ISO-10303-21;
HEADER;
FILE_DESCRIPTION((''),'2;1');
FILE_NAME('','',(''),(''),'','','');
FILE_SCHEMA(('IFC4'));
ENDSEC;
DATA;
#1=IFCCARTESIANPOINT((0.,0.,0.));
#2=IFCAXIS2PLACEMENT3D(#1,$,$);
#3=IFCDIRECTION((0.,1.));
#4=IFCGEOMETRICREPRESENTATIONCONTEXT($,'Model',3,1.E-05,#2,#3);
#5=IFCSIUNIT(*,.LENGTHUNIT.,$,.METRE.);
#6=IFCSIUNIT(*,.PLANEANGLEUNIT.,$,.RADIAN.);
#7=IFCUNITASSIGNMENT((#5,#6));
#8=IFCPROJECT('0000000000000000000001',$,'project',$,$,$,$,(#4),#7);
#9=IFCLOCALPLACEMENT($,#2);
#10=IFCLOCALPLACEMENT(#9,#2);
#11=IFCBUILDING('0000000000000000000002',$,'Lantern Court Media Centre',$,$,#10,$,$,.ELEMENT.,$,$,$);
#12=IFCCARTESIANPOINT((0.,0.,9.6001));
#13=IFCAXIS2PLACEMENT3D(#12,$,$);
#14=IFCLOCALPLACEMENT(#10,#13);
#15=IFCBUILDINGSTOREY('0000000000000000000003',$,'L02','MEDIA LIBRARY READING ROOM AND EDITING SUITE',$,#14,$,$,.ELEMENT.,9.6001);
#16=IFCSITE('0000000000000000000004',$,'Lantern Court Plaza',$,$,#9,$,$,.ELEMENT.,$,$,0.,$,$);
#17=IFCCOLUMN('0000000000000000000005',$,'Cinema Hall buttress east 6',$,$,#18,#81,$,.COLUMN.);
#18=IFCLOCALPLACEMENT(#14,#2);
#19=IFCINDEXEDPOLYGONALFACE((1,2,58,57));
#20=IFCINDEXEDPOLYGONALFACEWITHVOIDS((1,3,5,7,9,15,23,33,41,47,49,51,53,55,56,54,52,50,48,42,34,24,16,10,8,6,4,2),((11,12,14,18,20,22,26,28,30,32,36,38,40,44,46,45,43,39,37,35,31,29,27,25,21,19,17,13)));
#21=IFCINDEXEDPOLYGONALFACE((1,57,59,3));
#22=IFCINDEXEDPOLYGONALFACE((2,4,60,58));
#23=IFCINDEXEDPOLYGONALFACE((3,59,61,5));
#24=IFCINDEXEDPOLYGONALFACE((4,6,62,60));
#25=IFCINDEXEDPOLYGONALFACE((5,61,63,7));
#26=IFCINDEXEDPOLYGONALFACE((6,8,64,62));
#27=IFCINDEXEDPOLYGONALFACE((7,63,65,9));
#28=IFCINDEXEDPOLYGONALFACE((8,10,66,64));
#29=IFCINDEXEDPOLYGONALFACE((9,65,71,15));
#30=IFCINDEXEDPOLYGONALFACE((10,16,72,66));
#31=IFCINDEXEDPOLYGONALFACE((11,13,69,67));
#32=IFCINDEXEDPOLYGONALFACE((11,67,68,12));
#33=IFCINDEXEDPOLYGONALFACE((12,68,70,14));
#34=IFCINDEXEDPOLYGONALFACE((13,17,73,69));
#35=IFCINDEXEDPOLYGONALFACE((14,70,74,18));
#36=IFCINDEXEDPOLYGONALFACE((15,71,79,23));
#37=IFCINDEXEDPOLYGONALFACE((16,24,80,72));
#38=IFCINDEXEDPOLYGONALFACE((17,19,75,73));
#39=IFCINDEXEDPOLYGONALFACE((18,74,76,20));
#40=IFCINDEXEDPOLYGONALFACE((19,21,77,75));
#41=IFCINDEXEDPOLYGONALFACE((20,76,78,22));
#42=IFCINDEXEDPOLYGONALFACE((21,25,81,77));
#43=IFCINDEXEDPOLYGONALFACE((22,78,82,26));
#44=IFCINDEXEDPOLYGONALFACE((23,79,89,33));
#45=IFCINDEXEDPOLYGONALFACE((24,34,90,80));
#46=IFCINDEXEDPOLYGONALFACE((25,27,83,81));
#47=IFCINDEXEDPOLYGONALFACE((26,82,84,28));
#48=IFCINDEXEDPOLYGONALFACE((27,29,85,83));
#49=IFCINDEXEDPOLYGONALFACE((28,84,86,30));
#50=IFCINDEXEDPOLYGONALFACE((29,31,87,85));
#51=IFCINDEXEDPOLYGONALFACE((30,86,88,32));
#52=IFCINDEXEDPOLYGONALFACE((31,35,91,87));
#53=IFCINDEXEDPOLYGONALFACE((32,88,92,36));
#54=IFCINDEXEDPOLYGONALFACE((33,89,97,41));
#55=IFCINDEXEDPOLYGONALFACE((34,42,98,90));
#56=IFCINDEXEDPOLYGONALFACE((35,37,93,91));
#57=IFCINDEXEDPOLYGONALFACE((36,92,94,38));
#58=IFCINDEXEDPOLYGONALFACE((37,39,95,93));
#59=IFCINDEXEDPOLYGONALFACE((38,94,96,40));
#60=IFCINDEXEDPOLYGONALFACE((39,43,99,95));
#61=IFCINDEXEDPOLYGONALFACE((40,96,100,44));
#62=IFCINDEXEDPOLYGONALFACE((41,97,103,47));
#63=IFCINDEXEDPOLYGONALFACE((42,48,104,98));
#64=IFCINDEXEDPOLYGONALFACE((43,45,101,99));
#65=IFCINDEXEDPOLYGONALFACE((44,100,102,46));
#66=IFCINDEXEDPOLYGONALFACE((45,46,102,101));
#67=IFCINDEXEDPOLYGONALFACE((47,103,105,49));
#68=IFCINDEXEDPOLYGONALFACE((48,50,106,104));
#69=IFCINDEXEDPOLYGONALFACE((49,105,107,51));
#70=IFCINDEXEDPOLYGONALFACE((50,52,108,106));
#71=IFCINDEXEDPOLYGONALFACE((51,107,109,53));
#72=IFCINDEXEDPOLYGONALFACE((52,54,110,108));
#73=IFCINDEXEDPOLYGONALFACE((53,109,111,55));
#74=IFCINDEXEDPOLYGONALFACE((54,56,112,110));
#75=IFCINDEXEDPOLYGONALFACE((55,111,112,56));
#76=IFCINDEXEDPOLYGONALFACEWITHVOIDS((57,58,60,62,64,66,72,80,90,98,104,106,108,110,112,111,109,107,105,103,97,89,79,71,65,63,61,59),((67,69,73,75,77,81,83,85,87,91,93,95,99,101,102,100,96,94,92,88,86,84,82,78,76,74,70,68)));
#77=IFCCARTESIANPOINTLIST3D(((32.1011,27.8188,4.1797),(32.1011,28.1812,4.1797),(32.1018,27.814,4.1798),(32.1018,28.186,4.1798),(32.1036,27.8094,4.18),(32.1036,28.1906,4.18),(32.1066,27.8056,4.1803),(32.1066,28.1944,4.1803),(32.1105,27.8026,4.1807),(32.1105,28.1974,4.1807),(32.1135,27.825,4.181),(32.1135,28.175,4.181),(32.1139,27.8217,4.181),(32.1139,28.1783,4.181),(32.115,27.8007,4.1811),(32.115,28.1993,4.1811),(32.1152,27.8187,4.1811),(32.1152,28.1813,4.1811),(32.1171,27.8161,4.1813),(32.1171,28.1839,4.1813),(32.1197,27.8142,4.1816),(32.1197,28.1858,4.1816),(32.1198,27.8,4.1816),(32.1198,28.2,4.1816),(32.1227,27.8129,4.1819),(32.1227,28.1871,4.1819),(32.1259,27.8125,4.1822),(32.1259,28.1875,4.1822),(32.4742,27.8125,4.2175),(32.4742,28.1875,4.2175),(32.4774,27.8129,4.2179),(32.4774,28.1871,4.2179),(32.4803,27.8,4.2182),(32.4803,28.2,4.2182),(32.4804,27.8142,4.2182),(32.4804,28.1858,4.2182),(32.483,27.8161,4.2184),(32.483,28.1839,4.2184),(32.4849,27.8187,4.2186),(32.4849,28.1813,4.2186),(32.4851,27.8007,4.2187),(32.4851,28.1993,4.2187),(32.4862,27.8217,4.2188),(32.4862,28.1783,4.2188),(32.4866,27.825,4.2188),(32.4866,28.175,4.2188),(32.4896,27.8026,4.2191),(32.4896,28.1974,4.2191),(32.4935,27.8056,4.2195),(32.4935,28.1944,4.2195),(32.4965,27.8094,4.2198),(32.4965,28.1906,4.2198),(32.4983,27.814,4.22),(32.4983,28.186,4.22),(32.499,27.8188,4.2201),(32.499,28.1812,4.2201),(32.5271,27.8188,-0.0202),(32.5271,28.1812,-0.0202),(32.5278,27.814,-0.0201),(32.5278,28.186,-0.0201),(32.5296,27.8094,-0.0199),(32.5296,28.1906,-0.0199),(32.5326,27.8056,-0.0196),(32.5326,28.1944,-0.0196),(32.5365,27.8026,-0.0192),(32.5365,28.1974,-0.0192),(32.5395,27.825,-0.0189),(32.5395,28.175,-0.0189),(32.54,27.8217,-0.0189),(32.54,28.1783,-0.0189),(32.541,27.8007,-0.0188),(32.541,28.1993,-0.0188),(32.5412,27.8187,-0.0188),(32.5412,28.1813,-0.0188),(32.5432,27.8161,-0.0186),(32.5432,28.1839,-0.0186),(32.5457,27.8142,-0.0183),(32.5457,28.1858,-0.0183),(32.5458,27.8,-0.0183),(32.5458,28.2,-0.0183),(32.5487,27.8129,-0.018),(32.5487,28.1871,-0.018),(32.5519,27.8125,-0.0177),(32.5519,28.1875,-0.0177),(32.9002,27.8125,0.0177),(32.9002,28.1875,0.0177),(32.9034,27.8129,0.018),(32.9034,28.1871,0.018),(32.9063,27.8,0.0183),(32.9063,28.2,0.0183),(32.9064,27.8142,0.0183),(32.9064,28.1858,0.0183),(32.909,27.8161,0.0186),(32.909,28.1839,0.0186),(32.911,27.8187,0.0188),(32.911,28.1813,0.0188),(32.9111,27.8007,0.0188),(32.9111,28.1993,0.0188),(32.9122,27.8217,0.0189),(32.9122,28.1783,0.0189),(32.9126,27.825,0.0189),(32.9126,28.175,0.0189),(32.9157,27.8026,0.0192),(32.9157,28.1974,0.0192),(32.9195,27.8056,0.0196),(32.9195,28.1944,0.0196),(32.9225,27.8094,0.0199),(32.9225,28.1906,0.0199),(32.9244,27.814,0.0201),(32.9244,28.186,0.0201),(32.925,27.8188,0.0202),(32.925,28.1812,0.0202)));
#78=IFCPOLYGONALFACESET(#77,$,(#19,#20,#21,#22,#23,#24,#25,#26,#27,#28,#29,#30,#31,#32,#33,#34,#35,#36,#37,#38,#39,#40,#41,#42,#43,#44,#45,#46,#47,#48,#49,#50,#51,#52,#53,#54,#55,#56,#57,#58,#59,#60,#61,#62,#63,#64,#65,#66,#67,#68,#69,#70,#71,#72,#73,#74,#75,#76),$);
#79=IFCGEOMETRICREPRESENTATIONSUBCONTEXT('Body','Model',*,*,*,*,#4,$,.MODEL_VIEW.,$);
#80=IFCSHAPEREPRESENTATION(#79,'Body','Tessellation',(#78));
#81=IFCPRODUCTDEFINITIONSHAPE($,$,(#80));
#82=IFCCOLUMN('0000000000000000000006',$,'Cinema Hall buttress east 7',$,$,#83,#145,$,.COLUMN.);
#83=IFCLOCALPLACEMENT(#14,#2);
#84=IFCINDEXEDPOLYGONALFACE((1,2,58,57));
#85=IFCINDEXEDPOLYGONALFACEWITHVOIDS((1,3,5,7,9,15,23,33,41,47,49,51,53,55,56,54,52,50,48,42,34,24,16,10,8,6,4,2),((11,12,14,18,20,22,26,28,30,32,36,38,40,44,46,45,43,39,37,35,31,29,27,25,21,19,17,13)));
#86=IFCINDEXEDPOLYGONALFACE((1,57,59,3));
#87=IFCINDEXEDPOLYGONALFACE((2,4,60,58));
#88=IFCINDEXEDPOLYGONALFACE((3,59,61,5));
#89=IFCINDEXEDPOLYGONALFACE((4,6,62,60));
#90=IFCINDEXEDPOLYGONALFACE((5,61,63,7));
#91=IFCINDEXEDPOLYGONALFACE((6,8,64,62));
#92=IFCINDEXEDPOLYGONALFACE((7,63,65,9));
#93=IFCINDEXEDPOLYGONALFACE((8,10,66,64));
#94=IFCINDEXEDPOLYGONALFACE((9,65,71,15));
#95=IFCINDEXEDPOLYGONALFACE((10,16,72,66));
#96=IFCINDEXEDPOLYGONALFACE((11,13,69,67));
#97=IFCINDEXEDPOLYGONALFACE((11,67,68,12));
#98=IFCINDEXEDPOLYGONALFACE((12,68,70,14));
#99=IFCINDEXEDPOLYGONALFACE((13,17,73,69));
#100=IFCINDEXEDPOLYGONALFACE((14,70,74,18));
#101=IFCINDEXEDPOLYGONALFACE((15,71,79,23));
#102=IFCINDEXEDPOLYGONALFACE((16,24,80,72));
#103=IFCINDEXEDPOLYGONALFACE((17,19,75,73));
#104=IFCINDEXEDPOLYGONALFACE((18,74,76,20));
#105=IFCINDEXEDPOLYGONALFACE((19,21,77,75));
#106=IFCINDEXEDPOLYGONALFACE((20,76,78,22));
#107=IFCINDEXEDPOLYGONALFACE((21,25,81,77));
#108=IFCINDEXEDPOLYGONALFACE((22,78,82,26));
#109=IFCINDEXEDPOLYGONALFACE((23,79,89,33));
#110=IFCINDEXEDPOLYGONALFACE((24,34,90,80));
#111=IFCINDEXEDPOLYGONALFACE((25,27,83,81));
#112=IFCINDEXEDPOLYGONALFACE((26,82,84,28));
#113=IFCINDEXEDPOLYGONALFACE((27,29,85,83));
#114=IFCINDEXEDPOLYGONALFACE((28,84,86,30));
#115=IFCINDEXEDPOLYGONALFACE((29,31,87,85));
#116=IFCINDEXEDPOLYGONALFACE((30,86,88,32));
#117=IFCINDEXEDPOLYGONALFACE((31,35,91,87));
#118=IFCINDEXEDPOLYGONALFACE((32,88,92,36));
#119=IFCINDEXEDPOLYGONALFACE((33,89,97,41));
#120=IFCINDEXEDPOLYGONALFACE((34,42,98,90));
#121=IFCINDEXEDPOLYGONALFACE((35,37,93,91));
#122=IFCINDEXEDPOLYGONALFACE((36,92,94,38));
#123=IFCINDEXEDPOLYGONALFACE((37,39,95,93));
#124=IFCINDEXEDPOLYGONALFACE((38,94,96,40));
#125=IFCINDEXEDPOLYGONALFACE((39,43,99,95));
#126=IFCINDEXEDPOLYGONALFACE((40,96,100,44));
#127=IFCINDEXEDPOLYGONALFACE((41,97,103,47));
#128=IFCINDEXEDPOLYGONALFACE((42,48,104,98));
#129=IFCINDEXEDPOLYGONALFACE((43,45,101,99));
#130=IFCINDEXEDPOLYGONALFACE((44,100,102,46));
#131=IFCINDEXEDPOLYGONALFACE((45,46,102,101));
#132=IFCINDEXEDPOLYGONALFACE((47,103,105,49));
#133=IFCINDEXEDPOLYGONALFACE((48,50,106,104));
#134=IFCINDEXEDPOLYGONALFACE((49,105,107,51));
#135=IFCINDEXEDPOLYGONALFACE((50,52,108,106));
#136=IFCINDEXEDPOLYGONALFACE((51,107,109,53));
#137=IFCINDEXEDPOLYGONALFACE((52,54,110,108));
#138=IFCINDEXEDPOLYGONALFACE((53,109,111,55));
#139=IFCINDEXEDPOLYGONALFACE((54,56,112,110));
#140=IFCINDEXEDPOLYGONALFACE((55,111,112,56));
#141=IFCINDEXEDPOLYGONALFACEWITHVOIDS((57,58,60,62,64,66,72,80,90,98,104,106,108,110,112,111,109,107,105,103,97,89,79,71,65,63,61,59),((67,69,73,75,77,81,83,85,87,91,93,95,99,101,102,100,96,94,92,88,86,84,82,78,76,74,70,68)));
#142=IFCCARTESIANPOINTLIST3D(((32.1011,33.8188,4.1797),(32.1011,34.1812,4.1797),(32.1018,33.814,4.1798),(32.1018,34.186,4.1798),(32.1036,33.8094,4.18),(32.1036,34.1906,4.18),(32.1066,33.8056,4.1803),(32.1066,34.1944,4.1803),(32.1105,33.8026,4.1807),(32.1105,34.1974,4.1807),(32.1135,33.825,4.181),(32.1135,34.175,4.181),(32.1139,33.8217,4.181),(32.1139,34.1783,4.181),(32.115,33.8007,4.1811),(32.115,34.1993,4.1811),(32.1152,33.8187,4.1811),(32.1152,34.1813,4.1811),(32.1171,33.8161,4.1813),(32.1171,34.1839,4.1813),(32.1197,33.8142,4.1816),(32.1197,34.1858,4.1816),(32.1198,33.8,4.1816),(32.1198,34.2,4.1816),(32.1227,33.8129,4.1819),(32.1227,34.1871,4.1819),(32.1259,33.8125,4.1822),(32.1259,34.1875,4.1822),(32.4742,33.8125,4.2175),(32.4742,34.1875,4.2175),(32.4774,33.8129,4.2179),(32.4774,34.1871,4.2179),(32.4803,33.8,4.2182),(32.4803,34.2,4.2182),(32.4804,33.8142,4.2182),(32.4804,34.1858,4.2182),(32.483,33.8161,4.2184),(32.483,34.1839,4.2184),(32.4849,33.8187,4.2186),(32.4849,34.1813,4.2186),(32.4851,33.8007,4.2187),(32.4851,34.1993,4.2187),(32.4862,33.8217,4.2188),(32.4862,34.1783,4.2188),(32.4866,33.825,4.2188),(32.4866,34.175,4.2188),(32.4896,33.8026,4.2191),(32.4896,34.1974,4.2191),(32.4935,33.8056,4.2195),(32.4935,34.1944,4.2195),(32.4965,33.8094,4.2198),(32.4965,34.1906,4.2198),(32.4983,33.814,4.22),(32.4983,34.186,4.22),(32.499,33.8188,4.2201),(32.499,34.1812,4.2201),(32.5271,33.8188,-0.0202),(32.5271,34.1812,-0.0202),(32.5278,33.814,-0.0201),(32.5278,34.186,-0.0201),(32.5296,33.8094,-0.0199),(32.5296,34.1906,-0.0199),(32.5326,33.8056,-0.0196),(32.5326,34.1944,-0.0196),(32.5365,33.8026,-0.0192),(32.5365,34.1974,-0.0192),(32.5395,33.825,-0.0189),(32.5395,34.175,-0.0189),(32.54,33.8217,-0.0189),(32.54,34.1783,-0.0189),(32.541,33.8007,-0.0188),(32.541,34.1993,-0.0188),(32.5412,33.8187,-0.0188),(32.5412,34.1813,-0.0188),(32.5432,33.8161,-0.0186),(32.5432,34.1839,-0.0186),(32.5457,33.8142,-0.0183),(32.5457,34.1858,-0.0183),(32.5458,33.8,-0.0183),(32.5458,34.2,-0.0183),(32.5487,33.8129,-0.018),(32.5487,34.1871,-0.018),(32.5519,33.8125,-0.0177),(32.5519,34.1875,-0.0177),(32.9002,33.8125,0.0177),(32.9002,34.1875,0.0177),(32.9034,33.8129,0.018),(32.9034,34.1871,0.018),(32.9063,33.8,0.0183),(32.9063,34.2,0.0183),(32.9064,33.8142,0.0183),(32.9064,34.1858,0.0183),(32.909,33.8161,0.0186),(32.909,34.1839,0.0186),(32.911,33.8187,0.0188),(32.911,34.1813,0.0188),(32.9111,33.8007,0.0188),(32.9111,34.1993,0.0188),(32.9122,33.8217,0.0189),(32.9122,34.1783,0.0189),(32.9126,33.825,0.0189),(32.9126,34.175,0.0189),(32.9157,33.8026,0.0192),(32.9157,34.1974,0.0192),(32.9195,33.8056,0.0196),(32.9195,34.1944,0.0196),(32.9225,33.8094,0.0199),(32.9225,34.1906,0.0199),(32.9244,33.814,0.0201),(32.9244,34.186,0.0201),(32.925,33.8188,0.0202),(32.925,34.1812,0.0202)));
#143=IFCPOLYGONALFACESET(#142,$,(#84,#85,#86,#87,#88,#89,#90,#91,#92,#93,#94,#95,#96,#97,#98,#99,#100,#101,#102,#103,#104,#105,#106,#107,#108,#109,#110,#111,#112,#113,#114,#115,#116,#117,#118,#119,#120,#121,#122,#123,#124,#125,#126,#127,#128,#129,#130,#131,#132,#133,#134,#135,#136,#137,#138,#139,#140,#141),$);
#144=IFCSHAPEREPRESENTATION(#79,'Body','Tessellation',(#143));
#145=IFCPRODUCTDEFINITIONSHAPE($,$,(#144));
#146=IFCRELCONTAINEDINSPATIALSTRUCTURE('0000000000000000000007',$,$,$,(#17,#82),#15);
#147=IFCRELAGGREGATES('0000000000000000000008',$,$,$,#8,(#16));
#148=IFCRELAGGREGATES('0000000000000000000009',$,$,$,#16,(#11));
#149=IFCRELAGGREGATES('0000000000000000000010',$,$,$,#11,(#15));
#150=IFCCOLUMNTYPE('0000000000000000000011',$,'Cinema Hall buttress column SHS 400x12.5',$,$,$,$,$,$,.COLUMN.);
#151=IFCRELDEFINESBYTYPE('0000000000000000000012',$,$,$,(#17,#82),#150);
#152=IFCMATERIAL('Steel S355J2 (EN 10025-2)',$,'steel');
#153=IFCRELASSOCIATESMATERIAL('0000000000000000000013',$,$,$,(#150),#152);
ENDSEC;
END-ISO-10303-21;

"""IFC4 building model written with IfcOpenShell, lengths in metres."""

from ifc_helpers import new_model, si_unit, direction, frame, origin, origin_2d, place, context, subcontext, project, spatial, hollow_rectangle, extrude, material, material_profile, profile_set, type_object, element, save


model = new_model("IFC4")

# Units and contexts
model_context = context("Model", 3, precision=1e-05, world=origin(), true_north=direction((0.0, 1.0)))
body_context = subcontext(model_context, "Body", "Model", "MODEL_VIEW")
ifc_project = project(units=[si_unit("LENGTHUNIT", "METRE"), si_unit("PLANEANGLEUNIT", "RADIAN")], contexts=[model_context])

# Site, building, storey
site_placement = place(None, origin())
site = spatial("IfcSite", under=ifc_project, at=site_placement, Name="Lantern Court Plaza", CompositionType="ELEMENT", RefElevation=0.0)
building_placement = place(site_placement, origin())
building = spatial("IfcBuilding", under=site, at=building_placement, Name="Lantern Court Media Centre", CompositionType="ELEMENT")
storey_placement = place(building_placement, frame((0.0, 0.0, 9.6001)))
storey = spatial("IfcBuildingStorey", under=building, at=storey_placement, Name="L02", Description="MEDIA LIBRARY READING ROOM AND EDITING SUITE", CompositionType="ELEMENT", Elevation=9.6001)

# Columns
ifc_material_1 = material(Name="Steel S355J2 (EN 10025-2)", Category="steel")
ifc_material_profile_1 = material_profile(ifc_material_1, hollow_rectangle(XDim=0.3999, YDim=0.3999, WallThickness=0.0125, InnerFilletRadius=0.0125, OuterFilletRadius=0.0188, at=origin_2d()), Name="Cinema Hall buttress column SHS 400x12.5")
ifc_profile_set_1 = profile_set([ifc_material_profile_1], Name="Steel S355J2 (EN 10025-2)")
column_type_1 = type_object("IfcColumnType", Name="Cinema Hall buttress column SHS 400x12.5", PredefinedType="COLUMN", material=ifc_profile_set_1)
for number, where, z_axis, x_axis, name in (
    (1, (32.7261, 28.0, 0.0), (-0.100918, 0.0, 0.994895), (0.0, -1.0, 0.0), "Cinema Hall buttress east 6"),
    (2, (32.7261, 34.0, 0.0), (-0.100918, 0.0, 0.994895), (0.0, -1.0, 0.0), "Cinema Hall buttress east 7"),
):
    element("IfcColumn", number, at=place(storey_placement, frame(where, z_axis=z_axis, x_axis=x_axis)), inside=storey, type_object=column_type_1, Name=name, PredefinedType="COLUMN", context=body_context, shape_type="SweptSolid", body=[
        extrude(hollow_rectangle(XDim=0.3999, YDim=0.3999, WallThickness=0.0125, InnerFilletRadius=0.0125, OuterFilletRadius=0.0188, at=origin_2d()), origin(), (0.0, 0.0, 1.0), 4.2214),
    ])

save(model, "model.ifc")
